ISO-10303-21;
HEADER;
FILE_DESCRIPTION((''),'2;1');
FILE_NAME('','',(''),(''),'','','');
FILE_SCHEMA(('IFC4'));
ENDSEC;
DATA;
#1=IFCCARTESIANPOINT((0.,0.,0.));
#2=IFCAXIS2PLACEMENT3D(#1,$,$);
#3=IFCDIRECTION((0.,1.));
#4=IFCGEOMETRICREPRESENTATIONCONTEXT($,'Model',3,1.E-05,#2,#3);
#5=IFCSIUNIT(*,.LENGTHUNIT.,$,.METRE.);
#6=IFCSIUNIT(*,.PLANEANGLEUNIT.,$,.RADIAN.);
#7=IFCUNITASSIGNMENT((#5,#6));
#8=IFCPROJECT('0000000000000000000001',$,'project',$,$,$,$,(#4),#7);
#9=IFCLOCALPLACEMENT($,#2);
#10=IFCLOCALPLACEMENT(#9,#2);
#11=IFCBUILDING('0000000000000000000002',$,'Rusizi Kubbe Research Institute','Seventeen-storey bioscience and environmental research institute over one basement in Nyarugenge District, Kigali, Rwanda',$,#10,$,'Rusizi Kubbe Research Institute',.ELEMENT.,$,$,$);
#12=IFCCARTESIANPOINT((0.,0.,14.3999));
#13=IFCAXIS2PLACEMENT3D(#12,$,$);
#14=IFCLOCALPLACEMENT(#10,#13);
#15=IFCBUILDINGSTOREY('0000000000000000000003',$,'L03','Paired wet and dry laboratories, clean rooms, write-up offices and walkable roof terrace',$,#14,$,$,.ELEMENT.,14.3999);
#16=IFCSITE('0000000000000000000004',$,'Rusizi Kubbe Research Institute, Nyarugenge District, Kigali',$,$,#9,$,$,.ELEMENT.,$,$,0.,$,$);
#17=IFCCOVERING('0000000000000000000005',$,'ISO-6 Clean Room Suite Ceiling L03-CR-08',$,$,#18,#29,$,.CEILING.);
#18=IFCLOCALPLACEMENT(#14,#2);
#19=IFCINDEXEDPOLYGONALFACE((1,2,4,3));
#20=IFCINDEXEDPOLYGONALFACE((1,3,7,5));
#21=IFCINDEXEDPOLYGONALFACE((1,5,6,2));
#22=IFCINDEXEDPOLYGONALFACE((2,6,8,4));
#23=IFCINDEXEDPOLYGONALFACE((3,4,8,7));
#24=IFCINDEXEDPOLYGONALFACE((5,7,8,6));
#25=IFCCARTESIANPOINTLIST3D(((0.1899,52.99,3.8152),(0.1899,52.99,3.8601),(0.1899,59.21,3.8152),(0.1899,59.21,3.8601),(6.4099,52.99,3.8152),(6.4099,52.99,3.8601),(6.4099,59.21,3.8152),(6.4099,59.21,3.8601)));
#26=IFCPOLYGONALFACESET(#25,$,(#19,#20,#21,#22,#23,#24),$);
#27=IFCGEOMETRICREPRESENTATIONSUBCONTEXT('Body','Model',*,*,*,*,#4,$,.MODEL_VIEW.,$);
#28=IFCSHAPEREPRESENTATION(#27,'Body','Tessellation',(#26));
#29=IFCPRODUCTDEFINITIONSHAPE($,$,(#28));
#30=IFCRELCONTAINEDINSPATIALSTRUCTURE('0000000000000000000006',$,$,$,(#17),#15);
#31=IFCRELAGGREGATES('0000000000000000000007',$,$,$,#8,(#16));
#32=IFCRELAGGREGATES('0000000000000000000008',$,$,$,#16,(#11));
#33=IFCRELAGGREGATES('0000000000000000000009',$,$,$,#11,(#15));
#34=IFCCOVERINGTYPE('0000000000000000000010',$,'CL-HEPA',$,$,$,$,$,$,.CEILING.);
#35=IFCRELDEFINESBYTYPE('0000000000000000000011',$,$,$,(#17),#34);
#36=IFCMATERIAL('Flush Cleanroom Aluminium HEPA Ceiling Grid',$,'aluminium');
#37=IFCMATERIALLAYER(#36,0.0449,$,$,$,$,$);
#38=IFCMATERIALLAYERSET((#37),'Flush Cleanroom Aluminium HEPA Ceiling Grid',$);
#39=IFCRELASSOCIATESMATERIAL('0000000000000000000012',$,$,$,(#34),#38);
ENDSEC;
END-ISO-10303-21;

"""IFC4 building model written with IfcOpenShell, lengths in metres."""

from ifc_helpers import new_model, si_unit, direction, frame, origin, place, context, subcontext, project, spatial, polyline, outline, extrude, material, layer, layer_set, type_object, element, save


model = new_model("IFC4")

# Units and contexts
model_context = context("Model", 3, precision=1e-05, world=origin(), true_north=direction((0.0, 1.0)))
body_context = subcontext(model_context, "Body", "Model", "MODEL_VIEW")
ifc_project = project(units=[si_unit("LENGTHUNIT", "METRE"), si_unit("PLANEANGLEUNIT", "RADIAN")], contexts=[model_context])

# Site, building, storey
site_placement = place(None, origin())
site = spatial("IfcSite", under=ifc_project, at=site_placement, Name="Rusizi Kubbe Research Institute, Nyarugenge District, Kigali", CompositionType="ELEMENT", RefElevation=0.0)
building_placement = place(site_placement, origin())
building = spatial("IfcBuilding", under=site, at=building_placement, Name="Rusizi Kubbe Research Institute", Description="Seventeen-storey bioscience and environmental research institute over one basement in Nyarugenge District, Kigali, Rwanda", LongName="Rusizi Kubbe Research Institute", CompositionType="ELEMENT")
storey_placement = place(building_placement, frame((0.0, 0.0, 14.3999)))
storey = spatial("IfcBuildingStorey", under=building, at=storey_placement, Name="L03", Description="Paired wet and dry laboratories, clean rooms, write-up offices and walkable roof terrace", CompositionType="ELEMENT", Elevation=14.3999)

# Covering
ifc_material_1 = material(Name="Flush Cleanroom Aluminium HEPA Ceiling Grid", Category="aluminium")
ifc_layer_1 = layer(ifc_material_1, 0.0449)
ifc_layer_set_1 = layer_set([ifc_layer_1], Name="Flush Cleanroom Aluminium HEPA Ceiling Grid")
covering_type = type_object("IfcCoveringType", Name="CL-HEPA", PredefinedType="CEILING", material=ifc_layer_set_1)
covering_1_placement = place(storey_placement, frame((0.0, 0.0, 3.8152)))
element("IfcCovering", 1, at=covering_1_placement, inside=storey, type_object=covering_type, Name="ISO-6 Clean Room Suite Ceiling L03-CR-08", PredefinedType="CEILING", context=body_context, shape_type="SweptSolid", body=[
    extrude(outline(polyline([(0.1899, 52.99), (6.4099, 52.99), (6.4099, 59.21), (0.1899, 59.21), (0.1899, 52.99)])), origin(), (0.0, 0.0, 1.0), 0.0449),
])

save(model, "model.ifc")
